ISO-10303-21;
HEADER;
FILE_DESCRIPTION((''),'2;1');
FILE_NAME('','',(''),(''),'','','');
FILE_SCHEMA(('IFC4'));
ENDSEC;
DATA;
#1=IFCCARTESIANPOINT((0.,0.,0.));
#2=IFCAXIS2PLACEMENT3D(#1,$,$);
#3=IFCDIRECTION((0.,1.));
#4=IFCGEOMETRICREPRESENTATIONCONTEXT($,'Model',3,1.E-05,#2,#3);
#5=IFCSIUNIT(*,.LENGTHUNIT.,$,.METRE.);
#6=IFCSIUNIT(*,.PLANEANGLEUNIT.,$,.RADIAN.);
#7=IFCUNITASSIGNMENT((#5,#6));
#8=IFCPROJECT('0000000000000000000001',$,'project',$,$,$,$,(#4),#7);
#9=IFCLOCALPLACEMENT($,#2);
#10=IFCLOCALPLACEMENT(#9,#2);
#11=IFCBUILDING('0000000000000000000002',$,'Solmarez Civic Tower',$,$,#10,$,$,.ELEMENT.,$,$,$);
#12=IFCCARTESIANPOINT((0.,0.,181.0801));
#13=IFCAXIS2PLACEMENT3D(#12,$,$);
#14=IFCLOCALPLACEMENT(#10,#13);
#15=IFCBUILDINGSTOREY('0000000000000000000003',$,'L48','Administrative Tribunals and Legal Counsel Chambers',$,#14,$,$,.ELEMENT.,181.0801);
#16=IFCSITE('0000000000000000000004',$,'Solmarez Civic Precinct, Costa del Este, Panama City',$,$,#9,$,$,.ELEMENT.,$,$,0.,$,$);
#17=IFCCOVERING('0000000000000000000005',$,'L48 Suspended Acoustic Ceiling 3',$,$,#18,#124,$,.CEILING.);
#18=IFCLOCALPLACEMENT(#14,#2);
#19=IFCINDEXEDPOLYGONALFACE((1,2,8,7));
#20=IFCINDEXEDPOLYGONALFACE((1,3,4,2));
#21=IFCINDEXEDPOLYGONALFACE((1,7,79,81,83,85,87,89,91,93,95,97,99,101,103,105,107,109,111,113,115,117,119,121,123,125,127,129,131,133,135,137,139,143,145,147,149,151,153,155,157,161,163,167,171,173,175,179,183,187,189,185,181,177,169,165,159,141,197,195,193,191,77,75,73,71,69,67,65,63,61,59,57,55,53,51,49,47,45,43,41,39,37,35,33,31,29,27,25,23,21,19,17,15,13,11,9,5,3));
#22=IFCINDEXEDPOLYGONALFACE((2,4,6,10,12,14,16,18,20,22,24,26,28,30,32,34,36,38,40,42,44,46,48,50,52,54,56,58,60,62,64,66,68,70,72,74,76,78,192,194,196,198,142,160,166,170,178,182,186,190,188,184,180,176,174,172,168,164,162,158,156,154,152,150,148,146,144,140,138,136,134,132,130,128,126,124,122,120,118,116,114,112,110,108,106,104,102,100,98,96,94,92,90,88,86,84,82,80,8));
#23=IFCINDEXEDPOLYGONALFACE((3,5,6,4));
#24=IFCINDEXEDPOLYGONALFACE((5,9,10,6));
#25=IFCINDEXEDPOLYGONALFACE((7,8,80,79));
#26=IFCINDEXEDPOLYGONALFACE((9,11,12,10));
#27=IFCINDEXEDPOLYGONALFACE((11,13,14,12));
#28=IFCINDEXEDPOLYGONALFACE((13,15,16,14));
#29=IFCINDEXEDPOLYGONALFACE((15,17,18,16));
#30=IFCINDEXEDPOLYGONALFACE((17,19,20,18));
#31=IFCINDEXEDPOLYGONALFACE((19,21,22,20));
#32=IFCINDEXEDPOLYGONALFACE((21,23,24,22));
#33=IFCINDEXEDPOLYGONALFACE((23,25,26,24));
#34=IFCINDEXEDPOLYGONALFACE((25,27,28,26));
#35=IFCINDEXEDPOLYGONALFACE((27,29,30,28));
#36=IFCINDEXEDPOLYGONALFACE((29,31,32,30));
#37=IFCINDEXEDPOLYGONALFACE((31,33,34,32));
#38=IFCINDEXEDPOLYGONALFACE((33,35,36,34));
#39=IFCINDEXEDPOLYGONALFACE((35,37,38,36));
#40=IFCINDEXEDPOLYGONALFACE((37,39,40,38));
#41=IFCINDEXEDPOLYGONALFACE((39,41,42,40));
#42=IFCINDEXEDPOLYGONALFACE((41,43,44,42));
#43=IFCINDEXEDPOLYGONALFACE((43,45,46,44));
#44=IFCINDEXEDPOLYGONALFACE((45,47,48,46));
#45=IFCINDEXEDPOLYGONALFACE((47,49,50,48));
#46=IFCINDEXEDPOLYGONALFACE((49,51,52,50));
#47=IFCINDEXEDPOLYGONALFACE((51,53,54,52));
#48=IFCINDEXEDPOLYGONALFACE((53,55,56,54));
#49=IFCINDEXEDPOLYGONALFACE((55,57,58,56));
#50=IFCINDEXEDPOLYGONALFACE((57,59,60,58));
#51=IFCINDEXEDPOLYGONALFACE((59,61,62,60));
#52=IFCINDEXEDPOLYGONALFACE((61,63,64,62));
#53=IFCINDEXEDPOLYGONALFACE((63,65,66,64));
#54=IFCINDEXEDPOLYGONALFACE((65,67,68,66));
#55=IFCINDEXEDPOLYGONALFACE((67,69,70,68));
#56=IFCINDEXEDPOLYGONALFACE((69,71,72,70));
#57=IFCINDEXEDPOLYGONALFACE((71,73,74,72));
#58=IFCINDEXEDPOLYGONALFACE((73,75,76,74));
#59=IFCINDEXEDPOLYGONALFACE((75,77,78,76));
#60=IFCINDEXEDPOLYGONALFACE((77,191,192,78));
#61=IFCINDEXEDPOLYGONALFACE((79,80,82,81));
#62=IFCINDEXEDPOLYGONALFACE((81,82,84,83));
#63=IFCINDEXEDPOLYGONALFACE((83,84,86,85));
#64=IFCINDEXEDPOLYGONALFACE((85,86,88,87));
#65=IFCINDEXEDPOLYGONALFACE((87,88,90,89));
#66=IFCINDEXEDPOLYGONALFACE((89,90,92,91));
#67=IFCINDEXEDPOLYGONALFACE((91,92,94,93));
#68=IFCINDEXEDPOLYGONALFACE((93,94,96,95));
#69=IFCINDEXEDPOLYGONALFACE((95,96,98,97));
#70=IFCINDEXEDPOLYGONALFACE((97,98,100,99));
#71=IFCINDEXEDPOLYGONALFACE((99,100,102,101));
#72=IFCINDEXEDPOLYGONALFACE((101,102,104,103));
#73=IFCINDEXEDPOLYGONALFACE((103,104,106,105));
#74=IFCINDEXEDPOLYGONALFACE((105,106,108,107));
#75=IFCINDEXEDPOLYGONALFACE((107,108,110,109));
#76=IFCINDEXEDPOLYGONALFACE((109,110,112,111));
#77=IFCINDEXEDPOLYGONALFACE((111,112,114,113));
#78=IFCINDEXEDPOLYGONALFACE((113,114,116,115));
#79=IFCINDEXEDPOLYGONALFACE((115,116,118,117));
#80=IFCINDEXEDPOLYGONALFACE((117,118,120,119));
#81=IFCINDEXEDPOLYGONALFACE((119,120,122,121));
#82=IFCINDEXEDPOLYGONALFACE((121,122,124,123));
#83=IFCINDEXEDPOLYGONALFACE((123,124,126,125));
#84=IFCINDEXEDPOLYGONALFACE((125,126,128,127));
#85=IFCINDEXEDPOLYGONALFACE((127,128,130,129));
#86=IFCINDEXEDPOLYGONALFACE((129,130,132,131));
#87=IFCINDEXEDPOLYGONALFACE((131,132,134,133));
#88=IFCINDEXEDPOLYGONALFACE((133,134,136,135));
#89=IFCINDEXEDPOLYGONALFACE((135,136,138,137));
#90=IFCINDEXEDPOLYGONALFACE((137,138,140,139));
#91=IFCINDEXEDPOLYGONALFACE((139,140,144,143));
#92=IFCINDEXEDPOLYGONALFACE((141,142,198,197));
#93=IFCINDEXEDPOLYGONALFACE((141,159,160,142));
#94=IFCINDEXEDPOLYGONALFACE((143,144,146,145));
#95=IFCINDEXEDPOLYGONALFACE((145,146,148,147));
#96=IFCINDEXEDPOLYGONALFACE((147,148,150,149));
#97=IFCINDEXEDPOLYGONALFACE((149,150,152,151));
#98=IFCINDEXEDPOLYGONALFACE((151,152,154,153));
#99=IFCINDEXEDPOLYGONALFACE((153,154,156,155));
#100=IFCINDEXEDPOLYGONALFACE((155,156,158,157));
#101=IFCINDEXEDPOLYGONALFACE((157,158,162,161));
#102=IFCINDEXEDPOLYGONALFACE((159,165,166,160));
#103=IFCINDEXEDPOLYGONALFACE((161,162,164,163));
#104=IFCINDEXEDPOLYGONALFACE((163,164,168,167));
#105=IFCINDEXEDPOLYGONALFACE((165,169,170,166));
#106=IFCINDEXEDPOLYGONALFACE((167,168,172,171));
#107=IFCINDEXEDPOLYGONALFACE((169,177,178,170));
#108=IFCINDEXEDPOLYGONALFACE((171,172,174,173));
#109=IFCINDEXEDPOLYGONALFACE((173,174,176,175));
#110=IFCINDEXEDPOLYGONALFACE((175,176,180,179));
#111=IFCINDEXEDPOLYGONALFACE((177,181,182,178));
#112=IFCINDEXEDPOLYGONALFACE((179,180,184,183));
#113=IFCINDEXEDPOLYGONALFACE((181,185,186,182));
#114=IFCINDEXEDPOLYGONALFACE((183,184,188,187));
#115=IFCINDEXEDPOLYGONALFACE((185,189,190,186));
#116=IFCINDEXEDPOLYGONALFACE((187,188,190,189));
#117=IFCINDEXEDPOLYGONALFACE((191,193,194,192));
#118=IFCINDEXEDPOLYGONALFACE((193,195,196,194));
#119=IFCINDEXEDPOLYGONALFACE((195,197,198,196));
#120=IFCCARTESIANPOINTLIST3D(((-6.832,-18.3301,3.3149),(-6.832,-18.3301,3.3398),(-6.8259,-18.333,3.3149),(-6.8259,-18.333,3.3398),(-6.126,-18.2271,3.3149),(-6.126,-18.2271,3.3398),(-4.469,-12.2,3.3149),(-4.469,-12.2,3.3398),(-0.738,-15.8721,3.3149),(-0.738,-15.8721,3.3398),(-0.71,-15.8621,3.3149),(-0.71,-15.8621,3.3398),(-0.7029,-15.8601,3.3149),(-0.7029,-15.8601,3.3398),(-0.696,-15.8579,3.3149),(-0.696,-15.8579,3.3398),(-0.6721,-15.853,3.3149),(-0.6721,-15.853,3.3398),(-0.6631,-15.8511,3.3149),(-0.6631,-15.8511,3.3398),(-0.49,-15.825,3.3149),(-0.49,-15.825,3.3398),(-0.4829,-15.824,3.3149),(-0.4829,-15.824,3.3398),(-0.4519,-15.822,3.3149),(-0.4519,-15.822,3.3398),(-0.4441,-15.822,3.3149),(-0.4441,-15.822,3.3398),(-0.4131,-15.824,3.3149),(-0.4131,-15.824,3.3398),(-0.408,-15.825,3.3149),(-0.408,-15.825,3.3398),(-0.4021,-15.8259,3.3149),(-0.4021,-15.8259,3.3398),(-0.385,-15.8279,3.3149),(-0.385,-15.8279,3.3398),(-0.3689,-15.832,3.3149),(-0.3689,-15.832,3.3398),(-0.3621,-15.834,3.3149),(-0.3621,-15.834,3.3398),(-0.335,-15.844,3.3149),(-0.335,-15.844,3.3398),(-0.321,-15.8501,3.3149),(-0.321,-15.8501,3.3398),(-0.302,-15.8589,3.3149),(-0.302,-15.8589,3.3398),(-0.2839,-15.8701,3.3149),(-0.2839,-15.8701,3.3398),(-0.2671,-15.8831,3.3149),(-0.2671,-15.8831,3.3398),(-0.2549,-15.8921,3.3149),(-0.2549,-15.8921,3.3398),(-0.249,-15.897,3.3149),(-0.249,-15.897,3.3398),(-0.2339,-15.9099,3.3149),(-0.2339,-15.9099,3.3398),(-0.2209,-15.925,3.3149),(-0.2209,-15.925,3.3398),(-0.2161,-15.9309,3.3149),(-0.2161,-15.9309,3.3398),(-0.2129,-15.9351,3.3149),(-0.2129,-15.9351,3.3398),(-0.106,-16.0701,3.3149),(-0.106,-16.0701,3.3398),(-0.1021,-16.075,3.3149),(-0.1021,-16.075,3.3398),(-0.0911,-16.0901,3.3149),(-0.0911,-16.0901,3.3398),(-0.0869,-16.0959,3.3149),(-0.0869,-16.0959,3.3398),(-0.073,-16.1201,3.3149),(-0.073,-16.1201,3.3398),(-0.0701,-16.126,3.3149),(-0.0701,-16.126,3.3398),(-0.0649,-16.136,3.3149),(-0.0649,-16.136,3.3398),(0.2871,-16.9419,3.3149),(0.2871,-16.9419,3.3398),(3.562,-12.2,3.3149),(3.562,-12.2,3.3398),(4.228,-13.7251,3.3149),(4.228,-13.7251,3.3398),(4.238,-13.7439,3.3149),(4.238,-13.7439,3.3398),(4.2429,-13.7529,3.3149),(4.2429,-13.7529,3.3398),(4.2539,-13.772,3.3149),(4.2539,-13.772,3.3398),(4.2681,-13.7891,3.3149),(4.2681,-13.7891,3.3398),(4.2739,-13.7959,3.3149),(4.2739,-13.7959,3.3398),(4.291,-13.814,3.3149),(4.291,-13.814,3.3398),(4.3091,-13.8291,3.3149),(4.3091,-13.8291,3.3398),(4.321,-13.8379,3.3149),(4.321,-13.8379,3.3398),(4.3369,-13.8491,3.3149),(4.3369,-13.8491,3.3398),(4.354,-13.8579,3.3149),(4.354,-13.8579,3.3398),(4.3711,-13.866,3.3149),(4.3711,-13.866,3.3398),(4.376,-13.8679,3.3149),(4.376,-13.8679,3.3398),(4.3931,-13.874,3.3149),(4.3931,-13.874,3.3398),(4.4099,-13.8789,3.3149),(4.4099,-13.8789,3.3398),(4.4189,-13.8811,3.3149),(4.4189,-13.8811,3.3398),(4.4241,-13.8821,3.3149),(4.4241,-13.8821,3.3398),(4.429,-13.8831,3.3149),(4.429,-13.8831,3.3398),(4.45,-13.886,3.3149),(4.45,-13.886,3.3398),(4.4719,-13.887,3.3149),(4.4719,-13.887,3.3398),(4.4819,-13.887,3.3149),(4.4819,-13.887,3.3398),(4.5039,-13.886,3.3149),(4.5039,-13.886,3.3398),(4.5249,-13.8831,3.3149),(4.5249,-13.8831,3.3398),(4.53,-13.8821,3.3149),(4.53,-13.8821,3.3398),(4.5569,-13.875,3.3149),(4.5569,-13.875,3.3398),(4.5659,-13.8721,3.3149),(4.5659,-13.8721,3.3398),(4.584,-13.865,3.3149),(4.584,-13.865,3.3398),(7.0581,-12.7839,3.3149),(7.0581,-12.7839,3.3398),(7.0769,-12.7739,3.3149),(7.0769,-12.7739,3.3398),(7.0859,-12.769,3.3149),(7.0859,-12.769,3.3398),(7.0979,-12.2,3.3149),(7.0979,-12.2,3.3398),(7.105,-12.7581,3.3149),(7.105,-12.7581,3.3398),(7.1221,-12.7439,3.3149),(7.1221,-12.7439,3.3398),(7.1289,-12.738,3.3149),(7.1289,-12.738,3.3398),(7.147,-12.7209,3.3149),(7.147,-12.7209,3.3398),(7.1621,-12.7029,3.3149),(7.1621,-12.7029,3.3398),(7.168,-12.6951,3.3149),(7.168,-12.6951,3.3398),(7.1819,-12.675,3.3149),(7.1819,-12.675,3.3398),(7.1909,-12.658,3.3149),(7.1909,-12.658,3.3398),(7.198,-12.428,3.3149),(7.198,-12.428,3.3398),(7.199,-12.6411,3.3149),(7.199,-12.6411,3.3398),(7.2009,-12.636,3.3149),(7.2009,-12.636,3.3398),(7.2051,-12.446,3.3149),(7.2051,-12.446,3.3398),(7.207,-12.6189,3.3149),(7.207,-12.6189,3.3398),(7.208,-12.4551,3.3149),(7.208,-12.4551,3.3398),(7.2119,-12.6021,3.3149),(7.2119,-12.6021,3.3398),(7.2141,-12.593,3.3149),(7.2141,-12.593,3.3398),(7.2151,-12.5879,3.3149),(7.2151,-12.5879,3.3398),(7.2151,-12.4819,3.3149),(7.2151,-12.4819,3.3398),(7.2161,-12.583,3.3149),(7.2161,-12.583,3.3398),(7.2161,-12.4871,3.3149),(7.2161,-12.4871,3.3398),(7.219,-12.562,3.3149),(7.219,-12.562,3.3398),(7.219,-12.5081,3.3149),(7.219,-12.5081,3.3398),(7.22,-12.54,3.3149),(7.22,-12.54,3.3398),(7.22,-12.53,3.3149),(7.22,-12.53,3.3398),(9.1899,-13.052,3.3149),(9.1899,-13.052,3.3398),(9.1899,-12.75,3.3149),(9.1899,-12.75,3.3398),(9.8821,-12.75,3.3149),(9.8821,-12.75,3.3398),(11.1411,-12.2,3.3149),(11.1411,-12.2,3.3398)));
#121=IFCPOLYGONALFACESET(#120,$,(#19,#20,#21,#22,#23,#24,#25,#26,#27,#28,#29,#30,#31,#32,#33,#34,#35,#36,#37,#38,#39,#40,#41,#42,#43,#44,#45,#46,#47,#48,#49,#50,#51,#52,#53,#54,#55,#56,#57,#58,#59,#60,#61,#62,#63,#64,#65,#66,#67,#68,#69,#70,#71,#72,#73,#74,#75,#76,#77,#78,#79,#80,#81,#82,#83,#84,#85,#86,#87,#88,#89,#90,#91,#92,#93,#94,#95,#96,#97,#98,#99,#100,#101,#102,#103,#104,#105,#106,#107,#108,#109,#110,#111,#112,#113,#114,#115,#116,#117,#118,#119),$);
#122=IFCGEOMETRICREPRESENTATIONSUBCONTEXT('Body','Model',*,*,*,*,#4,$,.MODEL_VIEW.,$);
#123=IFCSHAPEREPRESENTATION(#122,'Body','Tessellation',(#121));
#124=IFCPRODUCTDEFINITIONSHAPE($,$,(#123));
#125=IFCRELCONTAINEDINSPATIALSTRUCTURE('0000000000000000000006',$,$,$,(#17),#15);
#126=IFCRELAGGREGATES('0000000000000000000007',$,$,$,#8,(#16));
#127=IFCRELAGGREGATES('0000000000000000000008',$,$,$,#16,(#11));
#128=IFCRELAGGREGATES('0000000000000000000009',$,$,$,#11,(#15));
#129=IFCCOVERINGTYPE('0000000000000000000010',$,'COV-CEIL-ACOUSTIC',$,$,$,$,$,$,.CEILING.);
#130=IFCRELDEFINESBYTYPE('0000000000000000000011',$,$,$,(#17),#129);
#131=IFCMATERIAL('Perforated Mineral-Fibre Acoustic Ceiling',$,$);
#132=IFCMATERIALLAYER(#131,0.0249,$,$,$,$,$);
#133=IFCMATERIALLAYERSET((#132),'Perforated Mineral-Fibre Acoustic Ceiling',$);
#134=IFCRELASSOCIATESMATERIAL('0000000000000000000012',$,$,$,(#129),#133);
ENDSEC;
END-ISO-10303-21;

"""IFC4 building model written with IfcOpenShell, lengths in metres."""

from ifc_helpers import new_model, si_unit, direction, frame, origin, place, context, subcontext, project, spatial, polyline, outline, extrude, material, layer, layer_set, type_object, element, save


model = new_model("IFC4")

# Units and contexts
model_context = context("Model", 3, precision=1e-05, world=origin(), true_north=direction((0.0, 1.0)))
body_context = subcontext(model_context, "Body", "Model", "MODEL_VIEW")
ifc_project = project(units=[si_unit("LENGTHUNIT", "METRE"), si_unit("PLANEANGLEUNIT", "RADIAN")], contexts=[model_context])

# Site, building, storey
site_placement = place(None, origin())
site = spatial("IfcSite", under=ifc_project, at=site_placement, Name="Solmarez Civic Precinct, Costa del Este, Panama City", CompositionType="ELEMENT", RefElevation=0.0)
building_placement = place(site_placement, origin())
building = spatial("IfcBuilding", under=site, at=building_placement, Name="Solmarez Civic Tower", CompositionType="ELEMENT")
storey_placement = place(building_placement, frame((0.0, 0.0, 181.0801)))
storey = spatial("IfcBuildingStorey", under=building, at=storey_placement, Name="L48", Description="Administrative Tribunals and Legal Counsel Chambers", CompositionType="ELEMENT", Elevation=181.0801)

# Covering
ifc_material_1 = material(Name="Perforated Mineral-Fibre Acoustic Ceiling")
ifc_layer_1 = layer(ifc_material_1, 0.0249)
ifc_layer_set_1 = layer_set([ifc_layer_1], Name="Perforated Mineral-Fibre Acoustic Ceiling")
covering_type_1 = type_object("IfcCoveringType", Name="COV-CEIL-ACOUSTIC", PredefinedType="CEILING", material=ifc_layer_set_1)
covering_1_placement = place(storey_placement, frame((0.0, 0.0, 3.3149)))
element("IfcCovering", 1, at=covering_1_placement, inside=storey, type_object=covering_type_1, Name="L48 Suspended Acoustic Ceiling 3", PredefinedType="CEILING", context=body_context, shape_type="SweptSolid", body=[
    extrude(outline(polyline([(-0.2549, -15.8921), (-0.249, -15.897), (-0.2339, -15.9099), (-0.2209, -15.925), (-0.2161, -15.9309), (-0.2129, -15.9351), (-0.106, -16.0701), (-0.1021, -16.075), (-0.0911, -16.0901), (-0.0869, -16.0959), (-0.073, -16.1201), (-0.0701, -16.126), (-0.0649, -16.136), (0.2871, -16.9419), (9.1899, -13.052), (9.1899, -12.75), (9.8821, -12.75), (11.1411, -12.2), (7.0979, -12.2), (7.198, -12.428), (7.2051, -12.446), (7.208, -12.4551), (7.2151, -12.4819), (7.2161, -12.4871), (7.219, -12.5081), (7.22, -12.53), (7.22, -12.54), (7.219, -12.562), (7.2161, -12.583), (7.2151, -12.5879), (7.2141, -12.593), (7.2119, -12.6021), (7.207, -12.6189), (7.2009, -12.636), (7.199, -12.6411), (7.1909, -12.658), (7.1819, -12.675), (7.168, -12.6951), (7.1621, -12.7029), (7.147, -12.7209), (7.1289, -12.738), (7.1221, -12.7439), (7.105, -12.7581), (7.0859, -12.769), (7.0769, -12.7739), (7.0581, -12.7839), (4.584, -13.865), (4.5659, -13.8721), (4.5569, -13.875), (4.53, -13.8821), (4.5249, -13.8831), (4.5039, -13.886), (4.4819, -13.887), (4.4719, -13.887), (4.45, -13.886), (4.429, -13.8831), (4.4241, -13.8821), (4.4189, -13.8811), (4.4099, -13.8789), (4.3931, -13.874), (4.376, -13.8679), (4.3711, -13.866), (4.354, -13.8579), (4.3369, -13.8491), (4.321, -13.8379), (4.3091, -13.8291), (4.291, -13.814), (4.2739, -13.7959), (4.2681, -13.7891), (4.2539, -13.772), (4.2429, -13.7529), (4.238, -13.7439), (4.228, -13.7251), (3.562, -12.2), (-4.469, -12.2), (-6.832, -18.3301), (-6.8259, -18.333), (-6.126, -18.2271), (-0.738, -15.8721), (-0.71, -15.8621), (-0.7029, -15.8601), (-0.696, -15.8579), (-0.6721, -15.853), (-0.6631, -15.8511), (-0.49, -15.825), (-0.4829, -15.824), (-0.4519, -15.822), (-0.4441, -15.822), (-0.4131, -15.824), (-0.408, -15.825), (-0.4021, -15.8259), (-0.385, -15.8279), (-0.3689, -15.832), (-0.3621, -15.834), (-0.335, -15.844), (-0.321, -15.8501), (-0.302, -15.8589), (-0.2839, -15.8701), (-0.2671, -15.8831), (-0.2549, -15.8921)])), origin(), (0.0, 0.0, 1.0), 0.0249),
])

save(model, "model.ifc")
